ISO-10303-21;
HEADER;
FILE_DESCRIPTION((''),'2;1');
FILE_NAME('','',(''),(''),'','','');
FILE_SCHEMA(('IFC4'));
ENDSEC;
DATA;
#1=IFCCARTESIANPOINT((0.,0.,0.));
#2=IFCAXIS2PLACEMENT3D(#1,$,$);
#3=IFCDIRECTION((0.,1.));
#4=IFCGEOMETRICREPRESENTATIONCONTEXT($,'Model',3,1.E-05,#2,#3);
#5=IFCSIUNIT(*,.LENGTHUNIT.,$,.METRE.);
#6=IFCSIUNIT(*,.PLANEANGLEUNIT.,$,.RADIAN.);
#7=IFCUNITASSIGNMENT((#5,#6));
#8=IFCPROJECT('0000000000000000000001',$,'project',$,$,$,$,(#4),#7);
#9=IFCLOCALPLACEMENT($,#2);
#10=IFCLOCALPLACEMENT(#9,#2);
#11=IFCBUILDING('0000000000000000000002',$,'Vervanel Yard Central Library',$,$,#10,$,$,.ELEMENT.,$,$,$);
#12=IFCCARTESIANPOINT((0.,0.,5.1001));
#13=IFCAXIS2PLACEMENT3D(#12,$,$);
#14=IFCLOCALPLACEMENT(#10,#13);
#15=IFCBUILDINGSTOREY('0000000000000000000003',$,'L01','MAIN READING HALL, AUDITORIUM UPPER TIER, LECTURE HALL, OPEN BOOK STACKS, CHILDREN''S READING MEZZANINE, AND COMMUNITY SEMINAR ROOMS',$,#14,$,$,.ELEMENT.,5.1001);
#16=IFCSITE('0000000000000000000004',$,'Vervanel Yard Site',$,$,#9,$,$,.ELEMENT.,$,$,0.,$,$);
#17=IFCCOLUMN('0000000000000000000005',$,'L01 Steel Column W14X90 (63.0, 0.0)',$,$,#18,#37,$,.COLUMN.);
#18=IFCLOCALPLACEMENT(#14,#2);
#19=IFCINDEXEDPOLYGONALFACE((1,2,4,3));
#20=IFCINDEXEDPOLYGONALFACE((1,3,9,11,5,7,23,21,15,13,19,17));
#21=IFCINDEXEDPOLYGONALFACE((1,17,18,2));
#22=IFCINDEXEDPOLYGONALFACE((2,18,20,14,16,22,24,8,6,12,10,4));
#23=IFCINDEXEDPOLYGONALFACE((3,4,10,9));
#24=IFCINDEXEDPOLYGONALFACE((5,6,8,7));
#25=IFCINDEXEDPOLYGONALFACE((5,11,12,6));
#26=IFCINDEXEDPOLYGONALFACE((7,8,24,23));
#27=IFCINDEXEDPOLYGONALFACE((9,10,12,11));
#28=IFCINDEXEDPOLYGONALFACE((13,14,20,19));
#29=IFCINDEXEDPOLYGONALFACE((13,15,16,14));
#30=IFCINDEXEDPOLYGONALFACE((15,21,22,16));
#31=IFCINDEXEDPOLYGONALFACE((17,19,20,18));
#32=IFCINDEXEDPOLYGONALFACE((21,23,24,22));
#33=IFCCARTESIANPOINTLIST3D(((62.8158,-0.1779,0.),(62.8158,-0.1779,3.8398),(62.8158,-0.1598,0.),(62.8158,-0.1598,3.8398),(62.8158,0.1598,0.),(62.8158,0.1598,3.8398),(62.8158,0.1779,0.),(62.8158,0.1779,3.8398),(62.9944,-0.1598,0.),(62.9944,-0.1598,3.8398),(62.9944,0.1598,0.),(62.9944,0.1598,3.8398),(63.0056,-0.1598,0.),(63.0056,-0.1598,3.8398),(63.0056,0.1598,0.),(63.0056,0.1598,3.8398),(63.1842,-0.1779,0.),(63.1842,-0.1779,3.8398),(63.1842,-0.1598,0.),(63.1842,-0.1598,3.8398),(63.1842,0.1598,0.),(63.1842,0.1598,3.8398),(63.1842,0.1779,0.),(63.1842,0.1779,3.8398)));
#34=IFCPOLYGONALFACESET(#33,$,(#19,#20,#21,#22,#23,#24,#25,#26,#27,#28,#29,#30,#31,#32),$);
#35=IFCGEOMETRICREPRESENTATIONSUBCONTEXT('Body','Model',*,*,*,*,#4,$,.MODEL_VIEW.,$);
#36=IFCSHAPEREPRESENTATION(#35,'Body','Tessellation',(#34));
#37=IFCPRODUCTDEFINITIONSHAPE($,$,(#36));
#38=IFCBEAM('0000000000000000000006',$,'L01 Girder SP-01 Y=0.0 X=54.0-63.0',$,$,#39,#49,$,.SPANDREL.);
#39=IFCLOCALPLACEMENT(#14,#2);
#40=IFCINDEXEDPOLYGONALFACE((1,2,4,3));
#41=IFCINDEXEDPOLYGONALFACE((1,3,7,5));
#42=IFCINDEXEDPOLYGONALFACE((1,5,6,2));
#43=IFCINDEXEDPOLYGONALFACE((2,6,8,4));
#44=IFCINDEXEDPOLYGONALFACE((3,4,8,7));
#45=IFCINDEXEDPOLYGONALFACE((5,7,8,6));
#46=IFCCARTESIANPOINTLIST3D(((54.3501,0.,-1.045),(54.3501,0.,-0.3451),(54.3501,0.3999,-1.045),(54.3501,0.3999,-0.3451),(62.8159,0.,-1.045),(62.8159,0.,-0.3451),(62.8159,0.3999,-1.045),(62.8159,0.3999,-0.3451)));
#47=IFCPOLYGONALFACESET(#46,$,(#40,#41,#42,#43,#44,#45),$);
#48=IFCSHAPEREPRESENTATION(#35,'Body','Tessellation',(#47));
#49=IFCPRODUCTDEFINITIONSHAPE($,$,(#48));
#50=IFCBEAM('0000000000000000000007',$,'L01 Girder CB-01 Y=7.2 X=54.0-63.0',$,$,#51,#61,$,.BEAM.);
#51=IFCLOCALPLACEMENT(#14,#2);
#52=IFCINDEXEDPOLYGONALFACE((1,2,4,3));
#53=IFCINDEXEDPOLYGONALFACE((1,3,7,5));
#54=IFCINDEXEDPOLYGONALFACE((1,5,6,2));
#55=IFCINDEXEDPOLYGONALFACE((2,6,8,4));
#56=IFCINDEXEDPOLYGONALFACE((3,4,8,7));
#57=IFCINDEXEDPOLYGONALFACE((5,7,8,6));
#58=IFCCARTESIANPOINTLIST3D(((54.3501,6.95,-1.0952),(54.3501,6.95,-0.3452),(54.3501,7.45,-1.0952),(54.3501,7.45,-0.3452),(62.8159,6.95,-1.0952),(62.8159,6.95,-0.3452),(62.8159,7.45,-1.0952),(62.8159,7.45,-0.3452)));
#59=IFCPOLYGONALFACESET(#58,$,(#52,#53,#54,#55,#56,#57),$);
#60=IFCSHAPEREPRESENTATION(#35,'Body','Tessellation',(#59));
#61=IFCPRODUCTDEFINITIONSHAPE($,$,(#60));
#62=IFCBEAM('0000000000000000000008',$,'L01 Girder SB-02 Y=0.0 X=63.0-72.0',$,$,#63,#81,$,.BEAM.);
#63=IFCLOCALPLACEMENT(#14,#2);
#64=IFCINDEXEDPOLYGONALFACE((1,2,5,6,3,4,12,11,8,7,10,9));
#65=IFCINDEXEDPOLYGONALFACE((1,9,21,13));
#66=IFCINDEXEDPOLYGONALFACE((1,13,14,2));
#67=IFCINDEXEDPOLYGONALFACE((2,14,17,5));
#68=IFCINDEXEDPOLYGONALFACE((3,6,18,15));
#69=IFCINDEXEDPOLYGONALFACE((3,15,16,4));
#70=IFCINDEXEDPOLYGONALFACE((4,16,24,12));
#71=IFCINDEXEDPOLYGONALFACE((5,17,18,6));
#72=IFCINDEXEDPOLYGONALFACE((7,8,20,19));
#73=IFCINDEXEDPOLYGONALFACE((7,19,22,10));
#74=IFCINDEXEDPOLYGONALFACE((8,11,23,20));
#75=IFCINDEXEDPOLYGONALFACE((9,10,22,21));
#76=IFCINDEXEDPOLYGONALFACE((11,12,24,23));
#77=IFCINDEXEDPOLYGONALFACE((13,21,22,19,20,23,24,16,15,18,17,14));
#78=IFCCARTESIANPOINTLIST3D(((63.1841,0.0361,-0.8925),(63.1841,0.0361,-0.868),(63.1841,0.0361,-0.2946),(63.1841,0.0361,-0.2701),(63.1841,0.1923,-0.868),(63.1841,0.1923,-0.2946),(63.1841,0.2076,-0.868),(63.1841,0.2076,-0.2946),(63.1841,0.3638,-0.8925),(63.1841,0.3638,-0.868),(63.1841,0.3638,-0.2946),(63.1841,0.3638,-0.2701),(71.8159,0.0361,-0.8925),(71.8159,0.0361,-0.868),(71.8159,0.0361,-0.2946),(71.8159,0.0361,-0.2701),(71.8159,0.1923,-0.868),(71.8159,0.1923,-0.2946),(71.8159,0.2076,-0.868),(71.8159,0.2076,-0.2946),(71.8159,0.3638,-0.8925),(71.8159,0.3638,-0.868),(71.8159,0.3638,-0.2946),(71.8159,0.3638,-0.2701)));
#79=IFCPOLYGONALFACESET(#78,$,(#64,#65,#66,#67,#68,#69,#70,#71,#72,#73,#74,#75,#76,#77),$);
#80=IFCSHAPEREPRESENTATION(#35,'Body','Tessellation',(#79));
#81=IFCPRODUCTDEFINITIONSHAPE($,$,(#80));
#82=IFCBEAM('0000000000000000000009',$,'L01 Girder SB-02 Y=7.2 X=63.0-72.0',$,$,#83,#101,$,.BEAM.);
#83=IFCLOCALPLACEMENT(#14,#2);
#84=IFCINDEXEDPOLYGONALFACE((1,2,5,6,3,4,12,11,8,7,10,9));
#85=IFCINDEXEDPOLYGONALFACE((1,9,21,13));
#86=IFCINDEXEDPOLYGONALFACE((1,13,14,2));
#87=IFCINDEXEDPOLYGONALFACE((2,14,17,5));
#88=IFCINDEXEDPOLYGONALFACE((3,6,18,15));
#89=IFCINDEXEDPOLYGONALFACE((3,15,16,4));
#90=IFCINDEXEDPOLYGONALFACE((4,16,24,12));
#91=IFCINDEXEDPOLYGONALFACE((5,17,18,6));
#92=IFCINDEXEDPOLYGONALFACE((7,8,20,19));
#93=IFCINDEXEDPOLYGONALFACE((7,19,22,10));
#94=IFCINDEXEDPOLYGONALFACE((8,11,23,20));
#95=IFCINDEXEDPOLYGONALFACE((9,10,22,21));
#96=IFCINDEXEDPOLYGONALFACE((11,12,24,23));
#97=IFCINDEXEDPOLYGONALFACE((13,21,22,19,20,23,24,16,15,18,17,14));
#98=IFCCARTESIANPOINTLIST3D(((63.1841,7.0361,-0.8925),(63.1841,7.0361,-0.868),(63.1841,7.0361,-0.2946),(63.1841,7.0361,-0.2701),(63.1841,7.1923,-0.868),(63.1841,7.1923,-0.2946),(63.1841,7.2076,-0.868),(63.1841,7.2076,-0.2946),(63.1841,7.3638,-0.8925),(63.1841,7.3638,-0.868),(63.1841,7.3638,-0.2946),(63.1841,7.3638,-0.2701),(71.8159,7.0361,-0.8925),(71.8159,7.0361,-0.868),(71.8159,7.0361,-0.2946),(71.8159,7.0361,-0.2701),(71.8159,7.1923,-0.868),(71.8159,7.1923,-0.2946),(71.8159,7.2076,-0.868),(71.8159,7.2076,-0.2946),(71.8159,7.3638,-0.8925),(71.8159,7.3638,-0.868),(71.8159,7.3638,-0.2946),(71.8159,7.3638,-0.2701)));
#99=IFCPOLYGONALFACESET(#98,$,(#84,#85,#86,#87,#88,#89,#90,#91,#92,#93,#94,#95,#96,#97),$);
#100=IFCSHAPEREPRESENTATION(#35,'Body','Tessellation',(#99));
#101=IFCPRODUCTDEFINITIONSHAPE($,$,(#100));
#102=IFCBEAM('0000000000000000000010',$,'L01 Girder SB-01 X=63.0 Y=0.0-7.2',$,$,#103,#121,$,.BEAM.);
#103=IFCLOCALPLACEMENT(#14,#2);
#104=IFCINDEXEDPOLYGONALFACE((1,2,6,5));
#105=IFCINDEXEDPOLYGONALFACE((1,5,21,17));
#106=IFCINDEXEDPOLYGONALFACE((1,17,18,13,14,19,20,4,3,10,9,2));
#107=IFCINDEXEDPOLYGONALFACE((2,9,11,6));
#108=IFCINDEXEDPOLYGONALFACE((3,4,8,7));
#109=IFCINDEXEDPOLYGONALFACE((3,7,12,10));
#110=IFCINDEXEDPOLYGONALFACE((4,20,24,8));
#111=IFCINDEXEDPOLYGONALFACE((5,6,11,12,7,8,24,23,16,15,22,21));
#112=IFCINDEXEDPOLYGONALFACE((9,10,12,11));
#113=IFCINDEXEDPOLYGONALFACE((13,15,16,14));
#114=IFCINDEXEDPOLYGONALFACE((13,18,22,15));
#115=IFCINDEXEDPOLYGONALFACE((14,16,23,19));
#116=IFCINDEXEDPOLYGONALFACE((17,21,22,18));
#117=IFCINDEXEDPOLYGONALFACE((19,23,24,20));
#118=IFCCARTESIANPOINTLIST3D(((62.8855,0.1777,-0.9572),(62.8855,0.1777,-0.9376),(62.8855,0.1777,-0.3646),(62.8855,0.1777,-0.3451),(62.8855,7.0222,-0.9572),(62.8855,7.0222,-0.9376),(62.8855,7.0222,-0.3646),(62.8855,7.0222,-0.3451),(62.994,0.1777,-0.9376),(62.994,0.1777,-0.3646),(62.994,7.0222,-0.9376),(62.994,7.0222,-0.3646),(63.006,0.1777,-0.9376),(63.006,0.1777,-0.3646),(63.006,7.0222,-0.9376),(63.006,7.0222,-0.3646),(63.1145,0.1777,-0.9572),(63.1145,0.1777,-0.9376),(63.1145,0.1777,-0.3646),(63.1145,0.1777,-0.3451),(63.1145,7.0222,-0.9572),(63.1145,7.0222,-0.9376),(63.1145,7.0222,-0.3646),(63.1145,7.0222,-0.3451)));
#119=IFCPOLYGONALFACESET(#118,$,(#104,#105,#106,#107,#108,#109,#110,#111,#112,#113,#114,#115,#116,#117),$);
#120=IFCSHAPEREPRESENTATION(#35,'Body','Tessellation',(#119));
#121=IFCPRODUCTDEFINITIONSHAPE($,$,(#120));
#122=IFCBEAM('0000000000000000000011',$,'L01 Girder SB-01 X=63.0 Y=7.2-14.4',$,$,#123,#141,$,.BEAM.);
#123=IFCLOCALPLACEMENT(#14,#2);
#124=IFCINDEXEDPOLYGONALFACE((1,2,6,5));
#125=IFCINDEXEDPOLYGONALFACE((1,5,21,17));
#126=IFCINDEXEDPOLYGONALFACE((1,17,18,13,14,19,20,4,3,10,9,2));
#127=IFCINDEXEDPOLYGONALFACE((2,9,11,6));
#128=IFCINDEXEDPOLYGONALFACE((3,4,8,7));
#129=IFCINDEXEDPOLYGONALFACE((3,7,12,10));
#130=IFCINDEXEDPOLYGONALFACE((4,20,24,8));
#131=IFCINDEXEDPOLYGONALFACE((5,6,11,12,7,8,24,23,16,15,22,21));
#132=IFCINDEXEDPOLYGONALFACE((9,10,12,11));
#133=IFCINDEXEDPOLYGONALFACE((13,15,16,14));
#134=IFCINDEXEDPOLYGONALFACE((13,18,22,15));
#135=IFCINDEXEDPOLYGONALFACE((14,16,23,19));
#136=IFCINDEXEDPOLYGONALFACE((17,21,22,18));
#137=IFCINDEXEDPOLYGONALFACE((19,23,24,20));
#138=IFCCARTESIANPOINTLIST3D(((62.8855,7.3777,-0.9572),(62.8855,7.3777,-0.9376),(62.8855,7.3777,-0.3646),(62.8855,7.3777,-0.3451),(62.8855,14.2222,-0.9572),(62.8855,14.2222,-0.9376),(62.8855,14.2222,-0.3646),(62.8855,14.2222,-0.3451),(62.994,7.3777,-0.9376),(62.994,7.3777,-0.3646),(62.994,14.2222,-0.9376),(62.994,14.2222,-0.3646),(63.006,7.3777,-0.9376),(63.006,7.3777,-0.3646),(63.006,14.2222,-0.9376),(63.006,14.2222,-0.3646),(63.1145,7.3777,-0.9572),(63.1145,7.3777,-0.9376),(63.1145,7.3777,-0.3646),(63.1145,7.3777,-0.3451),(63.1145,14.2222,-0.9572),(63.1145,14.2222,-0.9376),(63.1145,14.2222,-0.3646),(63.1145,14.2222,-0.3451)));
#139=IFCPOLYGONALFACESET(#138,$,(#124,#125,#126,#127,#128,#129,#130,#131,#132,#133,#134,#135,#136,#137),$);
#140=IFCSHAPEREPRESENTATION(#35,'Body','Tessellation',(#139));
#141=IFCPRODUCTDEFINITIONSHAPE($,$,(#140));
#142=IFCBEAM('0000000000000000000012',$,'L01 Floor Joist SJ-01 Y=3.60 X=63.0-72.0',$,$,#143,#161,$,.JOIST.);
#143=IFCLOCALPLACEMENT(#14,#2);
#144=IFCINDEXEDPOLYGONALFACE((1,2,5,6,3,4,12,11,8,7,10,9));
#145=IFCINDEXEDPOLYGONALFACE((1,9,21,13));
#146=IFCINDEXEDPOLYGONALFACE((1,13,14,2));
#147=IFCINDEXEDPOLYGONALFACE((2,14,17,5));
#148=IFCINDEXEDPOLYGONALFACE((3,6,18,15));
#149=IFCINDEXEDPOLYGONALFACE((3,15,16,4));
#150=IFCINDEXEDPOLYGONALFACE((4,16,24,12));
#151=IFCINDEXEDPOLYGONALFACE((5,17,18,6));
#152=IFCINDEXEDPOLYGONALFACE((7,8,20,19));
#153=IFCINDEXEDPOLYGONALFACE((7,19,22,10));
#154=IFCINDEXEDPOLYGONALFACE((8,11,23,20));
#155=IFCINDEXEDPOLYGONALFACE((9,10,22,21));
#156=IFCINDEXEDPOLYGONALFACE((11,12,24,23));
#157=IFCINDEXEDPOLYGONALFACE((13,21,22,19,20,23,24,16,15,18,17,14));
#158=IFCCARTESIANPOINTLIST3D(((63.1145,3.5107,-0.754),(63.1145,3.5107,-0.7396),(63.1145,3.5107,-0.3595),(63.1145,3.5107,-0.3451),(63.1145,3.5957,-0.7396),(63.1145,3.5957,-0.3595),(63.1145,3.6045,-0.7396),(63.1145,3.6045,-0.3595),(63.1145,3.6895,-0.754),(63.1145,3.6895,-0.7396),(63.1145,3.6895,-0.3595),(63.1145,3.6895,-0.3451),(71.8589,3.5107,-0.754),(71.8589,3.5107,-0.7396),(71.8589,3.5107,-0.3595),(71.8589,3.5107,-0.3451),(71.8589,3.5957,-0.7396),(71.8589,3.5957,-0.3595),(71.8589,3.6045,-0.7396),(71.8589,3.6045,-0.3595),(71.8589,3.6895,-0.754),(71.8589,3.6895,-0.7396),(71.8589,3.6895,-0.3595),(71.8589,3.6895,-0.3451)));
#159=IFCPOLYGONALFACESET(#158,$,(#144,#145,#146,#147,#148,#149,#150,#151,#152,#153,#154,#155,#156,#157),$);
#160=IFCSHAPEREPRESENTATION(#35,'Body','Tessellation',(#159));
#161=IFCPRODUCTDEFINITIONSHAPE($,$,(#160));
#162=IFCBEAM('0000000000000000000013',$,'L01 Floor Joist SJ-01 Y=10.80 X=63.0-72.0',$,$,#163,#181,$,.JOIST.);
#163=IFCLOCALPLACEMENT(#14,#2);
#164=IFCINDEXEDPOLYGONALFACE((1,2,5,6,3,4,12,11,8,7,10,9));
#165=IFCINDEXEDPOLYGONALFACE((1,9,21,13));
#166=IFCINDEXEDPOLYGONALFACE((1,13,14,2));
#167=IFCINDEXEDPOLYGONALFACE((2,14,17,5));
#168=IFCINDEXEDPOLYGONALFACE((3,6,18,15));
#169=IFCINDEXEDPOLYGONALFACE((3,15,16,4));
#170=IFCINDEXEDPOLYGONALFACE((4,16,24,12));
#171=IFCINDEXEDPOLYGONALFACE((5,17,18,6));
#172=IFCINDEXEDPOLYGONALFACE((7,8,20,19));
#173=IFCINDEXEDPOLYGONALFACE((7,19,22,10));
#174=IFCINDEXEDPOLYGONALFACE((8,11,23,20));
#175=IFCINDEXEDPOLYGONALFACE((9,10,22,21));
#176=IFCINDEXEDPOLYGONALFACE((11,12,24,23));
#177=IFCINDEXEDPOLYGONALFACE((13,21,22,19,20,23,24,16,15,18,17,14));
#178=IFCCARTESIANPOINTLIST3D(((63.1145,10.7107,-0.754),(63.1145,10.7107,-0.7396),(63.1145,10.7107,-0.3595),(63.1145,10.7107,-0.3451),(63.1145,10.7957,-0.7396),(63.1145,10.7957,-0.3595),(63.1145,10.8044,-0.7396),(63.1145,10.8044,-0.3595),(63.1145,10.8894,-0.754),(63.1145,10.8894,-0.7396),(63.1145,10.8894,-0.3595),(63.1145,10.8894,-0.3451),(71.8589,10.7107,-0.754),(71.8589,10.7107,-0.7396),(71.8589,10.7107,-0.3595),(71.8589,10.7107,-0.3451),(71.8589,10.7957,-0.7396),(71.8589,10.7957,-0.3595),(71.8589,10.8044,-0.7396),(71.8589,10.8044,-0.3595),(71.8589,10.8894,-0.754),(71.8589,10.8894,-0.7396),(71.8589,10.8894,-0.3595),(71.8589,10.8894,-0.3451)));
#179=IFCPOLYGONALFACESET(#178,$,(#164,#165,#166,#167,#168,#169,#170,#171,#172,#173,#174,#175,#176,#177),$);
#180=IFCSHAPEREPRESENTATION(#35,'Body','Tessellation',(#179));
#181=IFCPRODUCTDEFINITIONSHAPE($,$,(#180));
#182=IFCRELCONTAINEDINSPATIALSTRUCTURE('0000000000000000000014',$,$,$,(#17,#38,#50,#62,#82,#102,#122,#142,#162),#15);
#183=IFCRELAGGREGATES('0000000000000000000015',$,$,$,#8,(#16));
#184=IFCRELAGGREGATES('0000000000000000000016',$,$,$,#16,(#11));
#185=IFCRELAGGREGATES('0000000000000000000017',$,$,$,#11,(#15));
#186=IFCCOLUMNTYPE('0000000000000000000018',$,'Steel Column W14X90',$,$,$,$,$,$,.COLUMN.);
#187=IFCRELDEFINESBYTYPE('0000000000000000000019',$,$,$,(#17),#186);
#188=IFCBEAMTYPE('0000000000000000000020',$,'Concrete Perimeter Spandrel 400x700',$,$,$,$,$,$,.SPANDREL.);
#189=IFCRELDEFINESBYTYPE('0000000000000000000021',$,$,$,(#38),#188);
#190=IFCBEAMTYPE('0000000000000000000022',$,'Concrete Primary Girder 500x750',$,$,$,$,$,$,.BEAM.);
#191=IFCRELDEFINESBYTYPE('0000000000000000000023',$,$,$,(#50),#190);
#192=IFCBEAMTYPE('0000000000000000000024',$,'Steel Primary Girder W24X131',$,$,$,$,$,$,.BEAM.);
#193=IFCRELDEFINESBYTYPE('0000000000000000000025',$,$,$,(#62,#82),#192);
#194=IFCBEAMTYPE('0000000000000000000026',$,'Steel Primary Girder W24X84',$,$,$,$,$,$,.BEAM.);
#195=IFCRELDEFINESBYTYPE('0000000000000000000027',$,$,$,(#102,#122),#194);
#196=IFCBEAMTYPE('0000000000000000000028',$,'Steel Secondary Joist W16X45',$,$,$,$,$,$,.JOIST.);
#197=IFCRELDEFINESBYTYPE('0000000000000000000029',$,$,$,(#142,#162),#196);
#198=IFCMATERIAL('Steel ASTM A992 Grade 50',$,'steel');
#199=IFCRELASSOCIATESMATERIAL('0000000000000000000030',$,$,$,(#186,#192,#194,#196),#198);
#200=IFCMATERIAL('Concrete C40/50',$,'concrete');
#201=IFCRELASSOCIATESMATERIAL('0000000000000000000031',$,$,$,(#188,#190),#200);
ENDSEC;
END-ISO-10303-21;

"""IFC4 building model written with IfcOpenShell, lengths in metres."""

from ifc_helpers import new_model, si_unit, direction, frame, origin, origin_2d, place, context, subcontext, project, spatial, rectangle, i_section, extrude, material, material_profile, profile_set, type_object, element, save


model = new_model("IFC4")

# Units and contexts
model_context = context("Model", 3, precision=1e-05, world=origin(), true_north=direction((0.0, 1.0)))
body_context = subcontext(model_context, "Body", "Model", "MODEL_VIEW")
ifc_project = project(units=[si_unit("LENGTHUNIT", "METRE"), si_unit("PLANEANGLEUNIT", "RADIAN")], contexts=[model_context])

# Site, building, storey
site_placement = place(None, origin())
site = spatial("IfcSite", under=ifc_project, at=site_placement, Name="Vervanel Yard Site", CompositionType="ELEMENT", RefElevation=0.0)
building_placement = place(site_placement, origin())
building = spatial("IfcBuilding", under=site, at=building_placement, Name="Vervanel Yard Central Library", CompositionType="ELEMENT")
storey_placement = place(building_placement, frame((0.0, 0.0, 5.1001)))
storey = spatial("IfcBuildingStorey", under=building, at=storey_placement, Name="L01", Description="MAIN READING HALL, AUDITORIUM UPPER TIER, LECTURE HALL, OPEN BOOK STACKS, CHILDREN'S READING MEZZANINE, AND COMMUNITY SEMINAR ROOMS", CompositionType="ELEMENT", Elevation=5.1001)

# Column
ifc_material_1 = material(Name="Steel ASTM A992 Grade 50", Category="steel")
ifc_material_profile_1 = material_profile(ifc_material_1, i_section(OverallWidth=0.3684, OverallDepth=0.3557, WebThickness=0.0112, FlangeThickness=0.0181, at=origin_2d()), Name="W14X90", Category="steel")
ifc_profile_set_1 = profile_set([ifc_material_profile_1], Name="Steel ASTM A992 Grade 50")
column_type = type_object("IfcColumnType", Name="Steel Column W14X90", PredefinedType="COLUMN", material=ifc_profile_set_1)
column_placement = place(storey_placement, frame((63.0, 0.0, 0.0), z_axis=(0.0, 0.0, 1.0), x_axis=(1.0, 0.0, 0.0)))
element("IfcColumn", 1, at=column_placement, inside=storey, type_object=column_type, Name="L01 Steel Column W14X90 (63.0, 0.0)", PredefinedType="COLUMN", context=body_context, shape_type="SweptSolid", body=[
    extrude(i_section(OverallWidth=0.3684, OverallDepth=0.3557, WebThickness=0.0112, FlangeThickness=0.0181, at=origin_2d()), origin(), (0.0, 0.0, 1.0), 3.8398),
])

# Beams
ifc_material_2 = material(Name="Concrete C40/50", Category="concrete")
ifc_material_profile_2 = material_profile(ifc_material_2, rectangle(XDim=0.3999, YDim=0.7, at=origin_2d()), Name="RC 400x700", Category="concrete")
ifc_profile_set_2 = profile_set([ifc_material_profile_2], Name="Concrete C40/50")
beam_type_1 = type_object("IfcBeamType", Name="Concrete Perimeter Spandrel 400x700", PredefinedType="SPANDREL", material=ifc_profile_set_2)
beam_1_placement = place(storey_placement, frame((54.3501, 0.2, -0.6951), z_axis=(1.0, 0.0, 0.0), x_axis=(0.0, 1.0, 0.0)))
element("IfcBeam", 2, at=beam_1_placement, inside=storey, type_object=beam_type_1, Name="L01 Girder SP-01 Y=0.0 X=54.0-63.0", PredefinedType="SPANDREL", context=body_context, shape_type="SweptSolid", body=[
    extrude(rectangle(XDim=0.3999, YDim=0.7, at=origin_2d()), origin(), (0.0, 0.0, 1.0), 8.4658),
])
ifc_material_profile_3 = material_profile(ifc_material_2, rectangle(XDim=0.5, YDim=0.75, at=origin_2d()), Name="RC 500x750", Category="concrete")
ifc_profile_set_3 = profile_set([ifc_material_profile_3], Name="Concrete C40/50")
beam_type_2 = type_object("IfcBeamType", Name="Concrete Primary Girder 500x750", PredefinedType="BEAM", material=ifc_profile_set_3)
beam_2_placement = place(storey_placement, frame((54.3501, 7.2, -0.7202), z_axis=(1.0, 0.0, 0.0), x_axis=(0.0, 1.0, 0.0)))
element("IfcBeam", 3, at=beam_2_placement, inside=storey, type_object=beam_type_2, Name="L01 Girder CB-01 Y=7.2 X=54.0-63.0", PredefinedType="BEAM", context=body_context, shape_type="SweptSolid", body=[
    extrude(rectangle(XDim=0.5, YDim=0.75, at=origin_2d()), origin(), (0.0, 0.0, 1.0), 8.4658),
])
ifc_material_profile_4 = material_profile(ifc_material_1, i_section(OverallWidth=0.3276, OverallDepth=0.6223, WebThickness=0.0154, FlangeThickness=0.0244, at=origin_2d()), Name="W24X131", Category="steel")
ifc_profile_set_4 = profile_set([ifc_material_profile_4], Name="Steel ASTM A992 Grade 50")
beam_type_3 = type_object("IfcBeamType", Name="Steel Primary Girder W24X131", PredefinedType="BEAM", material=ifc_profile_set_4)
for number, where, z_axis, x_axis, name in (
    (4, (63.1841, 0.2, -0.5813), (1.0, 0.0, 0.0), (0.0, 1.0, 0.0), "L01 Girder SB-02 Y=0.0 X=63.0-72.0"),
    (5, (63.1841, 7.2, -0.5813), (1.0, 0.0, 0.0), (0.0, 1.0, 0.0), "L01 Girder SB-02 Y=7.2 X=63.0-72.0"),
):
    element("IfcBeam", number, at=place(storey_placement, frame(where, z_axis=z_axis, x_axis=x_axis)), inside=storey, type_object=beam_type_3, Name=name, PredefinedType="BEAM", context=body_context, shape_type="SweptSolid", body=[
        extrude(i_section(OverallWidth=0.3276, OverallDepth=0.6223, WebThickness=0.0154, FlangeThickness=0.0244, at=origin_2d()), origin(), (0.0, 0.0, 1.0), 8.6318),
    ])
ifc_material_profile_5 = material_profile(ifc_material_1, i_section(OverallWidth=0.229, OverallDepth=0.6121, WebThickness=0.012, FlangeThickness=0.0195, at=origin_2d()), Name="W24X84", Category="steel")
ifc_profile_set_5 = profile_set([ifc_material_profile_5], Name="Steel ASTM A992 Grade 50")
beam_type_4 = type_object("IfcBeamType", Name="Steel Primary Girder W24X84", PredefinedType="BEAM", material=ifc_profile_set_5)
for number, where, z_axis, x_axis, name in (
    (6, (63.0, 0.1777, -0.6511), (0.0, 1.0, 0.0), (-1.0, 0.0, 0.0), "L01 Girder SB-01 X=63.0 Y=0.0-7.2"),
    (7, (63.0, 7.3777, -0.6511), (0.0, 1.0, 0.0), (-1.0, 0.0, 0.0), "L01 Girder SB-01 X=63.0 Y=7.2-14.4"),
):
    element("IfcBeam", number, at=place(storey_placement, frame(where, z_axis=z_axis, x_axis=x_axis)), inside=storey, type_object=beam_type_4, Name=name, PredefinedType="BEAM", context=body_context, shape_type="SweptSolid", body=[
        extrude(i_section(OverallWidth=0.229, OverallDepth=0.6121, WebThickness=0.012, FlangeThickness=0.0195, at=origin_2d()), origin(), (0.0, 0.0, 1.0), 6.8445),
    ])
ifc_material_profile_6 = material_profile(ifc_material_1, i_section(OverallWidth=0.1787, OverallDepth=0.4089, WebThickness=0.0088, FlangeThickness=0.0144, at=origin_2d()), Name="W16X45", Category="steel")
ifc_profile_set_6 = profile_set([ifc_material_profile_6], Name="Steel ASTM A992 Grade 50")
beam_type_5 = type_object("IfcBeamType", Name="Steel Secondary Joist W16X45", PredefinedType="JOIST", material=ifc_profile_set_6)
for number, where, z_axis, x_axis, name in (
    (8, (63.1145, 3.6001, -0.5496), (1.0, 0.0, 0.0), (0.0, 1.0, 0.0), "L01 Floor Joist SJ-01 Y=3.60 X=63.0-72.0"),
    (9, (63.1145, 10.8, -0.5496), (1.0, 0.0, 0.0), (0.0, 1.0, 0.0), "L01 Floor Joist SJ-01 Y=10.80 X=63.0-72.0"),
):
    element("IfcBeam", number, at=place(storey_placement, frame(where, z_axis=z_axis, x_axis=x_axis)), inside=storey, type_object=beam_type_5, Name=name, PredefinedType="JOIST", context=body_context, shape_type="SweptSolid", body=[
        extrude(i_section(OverallWidth=0.1787, OverallDepth=0.4089, WebThickness=0.0088, FlangeThickness=0.0144, at=origin_2d()), origin(), (0.0, 0.0, 1.0), 8.7444),
    ])

save(model, "model.ifc")
